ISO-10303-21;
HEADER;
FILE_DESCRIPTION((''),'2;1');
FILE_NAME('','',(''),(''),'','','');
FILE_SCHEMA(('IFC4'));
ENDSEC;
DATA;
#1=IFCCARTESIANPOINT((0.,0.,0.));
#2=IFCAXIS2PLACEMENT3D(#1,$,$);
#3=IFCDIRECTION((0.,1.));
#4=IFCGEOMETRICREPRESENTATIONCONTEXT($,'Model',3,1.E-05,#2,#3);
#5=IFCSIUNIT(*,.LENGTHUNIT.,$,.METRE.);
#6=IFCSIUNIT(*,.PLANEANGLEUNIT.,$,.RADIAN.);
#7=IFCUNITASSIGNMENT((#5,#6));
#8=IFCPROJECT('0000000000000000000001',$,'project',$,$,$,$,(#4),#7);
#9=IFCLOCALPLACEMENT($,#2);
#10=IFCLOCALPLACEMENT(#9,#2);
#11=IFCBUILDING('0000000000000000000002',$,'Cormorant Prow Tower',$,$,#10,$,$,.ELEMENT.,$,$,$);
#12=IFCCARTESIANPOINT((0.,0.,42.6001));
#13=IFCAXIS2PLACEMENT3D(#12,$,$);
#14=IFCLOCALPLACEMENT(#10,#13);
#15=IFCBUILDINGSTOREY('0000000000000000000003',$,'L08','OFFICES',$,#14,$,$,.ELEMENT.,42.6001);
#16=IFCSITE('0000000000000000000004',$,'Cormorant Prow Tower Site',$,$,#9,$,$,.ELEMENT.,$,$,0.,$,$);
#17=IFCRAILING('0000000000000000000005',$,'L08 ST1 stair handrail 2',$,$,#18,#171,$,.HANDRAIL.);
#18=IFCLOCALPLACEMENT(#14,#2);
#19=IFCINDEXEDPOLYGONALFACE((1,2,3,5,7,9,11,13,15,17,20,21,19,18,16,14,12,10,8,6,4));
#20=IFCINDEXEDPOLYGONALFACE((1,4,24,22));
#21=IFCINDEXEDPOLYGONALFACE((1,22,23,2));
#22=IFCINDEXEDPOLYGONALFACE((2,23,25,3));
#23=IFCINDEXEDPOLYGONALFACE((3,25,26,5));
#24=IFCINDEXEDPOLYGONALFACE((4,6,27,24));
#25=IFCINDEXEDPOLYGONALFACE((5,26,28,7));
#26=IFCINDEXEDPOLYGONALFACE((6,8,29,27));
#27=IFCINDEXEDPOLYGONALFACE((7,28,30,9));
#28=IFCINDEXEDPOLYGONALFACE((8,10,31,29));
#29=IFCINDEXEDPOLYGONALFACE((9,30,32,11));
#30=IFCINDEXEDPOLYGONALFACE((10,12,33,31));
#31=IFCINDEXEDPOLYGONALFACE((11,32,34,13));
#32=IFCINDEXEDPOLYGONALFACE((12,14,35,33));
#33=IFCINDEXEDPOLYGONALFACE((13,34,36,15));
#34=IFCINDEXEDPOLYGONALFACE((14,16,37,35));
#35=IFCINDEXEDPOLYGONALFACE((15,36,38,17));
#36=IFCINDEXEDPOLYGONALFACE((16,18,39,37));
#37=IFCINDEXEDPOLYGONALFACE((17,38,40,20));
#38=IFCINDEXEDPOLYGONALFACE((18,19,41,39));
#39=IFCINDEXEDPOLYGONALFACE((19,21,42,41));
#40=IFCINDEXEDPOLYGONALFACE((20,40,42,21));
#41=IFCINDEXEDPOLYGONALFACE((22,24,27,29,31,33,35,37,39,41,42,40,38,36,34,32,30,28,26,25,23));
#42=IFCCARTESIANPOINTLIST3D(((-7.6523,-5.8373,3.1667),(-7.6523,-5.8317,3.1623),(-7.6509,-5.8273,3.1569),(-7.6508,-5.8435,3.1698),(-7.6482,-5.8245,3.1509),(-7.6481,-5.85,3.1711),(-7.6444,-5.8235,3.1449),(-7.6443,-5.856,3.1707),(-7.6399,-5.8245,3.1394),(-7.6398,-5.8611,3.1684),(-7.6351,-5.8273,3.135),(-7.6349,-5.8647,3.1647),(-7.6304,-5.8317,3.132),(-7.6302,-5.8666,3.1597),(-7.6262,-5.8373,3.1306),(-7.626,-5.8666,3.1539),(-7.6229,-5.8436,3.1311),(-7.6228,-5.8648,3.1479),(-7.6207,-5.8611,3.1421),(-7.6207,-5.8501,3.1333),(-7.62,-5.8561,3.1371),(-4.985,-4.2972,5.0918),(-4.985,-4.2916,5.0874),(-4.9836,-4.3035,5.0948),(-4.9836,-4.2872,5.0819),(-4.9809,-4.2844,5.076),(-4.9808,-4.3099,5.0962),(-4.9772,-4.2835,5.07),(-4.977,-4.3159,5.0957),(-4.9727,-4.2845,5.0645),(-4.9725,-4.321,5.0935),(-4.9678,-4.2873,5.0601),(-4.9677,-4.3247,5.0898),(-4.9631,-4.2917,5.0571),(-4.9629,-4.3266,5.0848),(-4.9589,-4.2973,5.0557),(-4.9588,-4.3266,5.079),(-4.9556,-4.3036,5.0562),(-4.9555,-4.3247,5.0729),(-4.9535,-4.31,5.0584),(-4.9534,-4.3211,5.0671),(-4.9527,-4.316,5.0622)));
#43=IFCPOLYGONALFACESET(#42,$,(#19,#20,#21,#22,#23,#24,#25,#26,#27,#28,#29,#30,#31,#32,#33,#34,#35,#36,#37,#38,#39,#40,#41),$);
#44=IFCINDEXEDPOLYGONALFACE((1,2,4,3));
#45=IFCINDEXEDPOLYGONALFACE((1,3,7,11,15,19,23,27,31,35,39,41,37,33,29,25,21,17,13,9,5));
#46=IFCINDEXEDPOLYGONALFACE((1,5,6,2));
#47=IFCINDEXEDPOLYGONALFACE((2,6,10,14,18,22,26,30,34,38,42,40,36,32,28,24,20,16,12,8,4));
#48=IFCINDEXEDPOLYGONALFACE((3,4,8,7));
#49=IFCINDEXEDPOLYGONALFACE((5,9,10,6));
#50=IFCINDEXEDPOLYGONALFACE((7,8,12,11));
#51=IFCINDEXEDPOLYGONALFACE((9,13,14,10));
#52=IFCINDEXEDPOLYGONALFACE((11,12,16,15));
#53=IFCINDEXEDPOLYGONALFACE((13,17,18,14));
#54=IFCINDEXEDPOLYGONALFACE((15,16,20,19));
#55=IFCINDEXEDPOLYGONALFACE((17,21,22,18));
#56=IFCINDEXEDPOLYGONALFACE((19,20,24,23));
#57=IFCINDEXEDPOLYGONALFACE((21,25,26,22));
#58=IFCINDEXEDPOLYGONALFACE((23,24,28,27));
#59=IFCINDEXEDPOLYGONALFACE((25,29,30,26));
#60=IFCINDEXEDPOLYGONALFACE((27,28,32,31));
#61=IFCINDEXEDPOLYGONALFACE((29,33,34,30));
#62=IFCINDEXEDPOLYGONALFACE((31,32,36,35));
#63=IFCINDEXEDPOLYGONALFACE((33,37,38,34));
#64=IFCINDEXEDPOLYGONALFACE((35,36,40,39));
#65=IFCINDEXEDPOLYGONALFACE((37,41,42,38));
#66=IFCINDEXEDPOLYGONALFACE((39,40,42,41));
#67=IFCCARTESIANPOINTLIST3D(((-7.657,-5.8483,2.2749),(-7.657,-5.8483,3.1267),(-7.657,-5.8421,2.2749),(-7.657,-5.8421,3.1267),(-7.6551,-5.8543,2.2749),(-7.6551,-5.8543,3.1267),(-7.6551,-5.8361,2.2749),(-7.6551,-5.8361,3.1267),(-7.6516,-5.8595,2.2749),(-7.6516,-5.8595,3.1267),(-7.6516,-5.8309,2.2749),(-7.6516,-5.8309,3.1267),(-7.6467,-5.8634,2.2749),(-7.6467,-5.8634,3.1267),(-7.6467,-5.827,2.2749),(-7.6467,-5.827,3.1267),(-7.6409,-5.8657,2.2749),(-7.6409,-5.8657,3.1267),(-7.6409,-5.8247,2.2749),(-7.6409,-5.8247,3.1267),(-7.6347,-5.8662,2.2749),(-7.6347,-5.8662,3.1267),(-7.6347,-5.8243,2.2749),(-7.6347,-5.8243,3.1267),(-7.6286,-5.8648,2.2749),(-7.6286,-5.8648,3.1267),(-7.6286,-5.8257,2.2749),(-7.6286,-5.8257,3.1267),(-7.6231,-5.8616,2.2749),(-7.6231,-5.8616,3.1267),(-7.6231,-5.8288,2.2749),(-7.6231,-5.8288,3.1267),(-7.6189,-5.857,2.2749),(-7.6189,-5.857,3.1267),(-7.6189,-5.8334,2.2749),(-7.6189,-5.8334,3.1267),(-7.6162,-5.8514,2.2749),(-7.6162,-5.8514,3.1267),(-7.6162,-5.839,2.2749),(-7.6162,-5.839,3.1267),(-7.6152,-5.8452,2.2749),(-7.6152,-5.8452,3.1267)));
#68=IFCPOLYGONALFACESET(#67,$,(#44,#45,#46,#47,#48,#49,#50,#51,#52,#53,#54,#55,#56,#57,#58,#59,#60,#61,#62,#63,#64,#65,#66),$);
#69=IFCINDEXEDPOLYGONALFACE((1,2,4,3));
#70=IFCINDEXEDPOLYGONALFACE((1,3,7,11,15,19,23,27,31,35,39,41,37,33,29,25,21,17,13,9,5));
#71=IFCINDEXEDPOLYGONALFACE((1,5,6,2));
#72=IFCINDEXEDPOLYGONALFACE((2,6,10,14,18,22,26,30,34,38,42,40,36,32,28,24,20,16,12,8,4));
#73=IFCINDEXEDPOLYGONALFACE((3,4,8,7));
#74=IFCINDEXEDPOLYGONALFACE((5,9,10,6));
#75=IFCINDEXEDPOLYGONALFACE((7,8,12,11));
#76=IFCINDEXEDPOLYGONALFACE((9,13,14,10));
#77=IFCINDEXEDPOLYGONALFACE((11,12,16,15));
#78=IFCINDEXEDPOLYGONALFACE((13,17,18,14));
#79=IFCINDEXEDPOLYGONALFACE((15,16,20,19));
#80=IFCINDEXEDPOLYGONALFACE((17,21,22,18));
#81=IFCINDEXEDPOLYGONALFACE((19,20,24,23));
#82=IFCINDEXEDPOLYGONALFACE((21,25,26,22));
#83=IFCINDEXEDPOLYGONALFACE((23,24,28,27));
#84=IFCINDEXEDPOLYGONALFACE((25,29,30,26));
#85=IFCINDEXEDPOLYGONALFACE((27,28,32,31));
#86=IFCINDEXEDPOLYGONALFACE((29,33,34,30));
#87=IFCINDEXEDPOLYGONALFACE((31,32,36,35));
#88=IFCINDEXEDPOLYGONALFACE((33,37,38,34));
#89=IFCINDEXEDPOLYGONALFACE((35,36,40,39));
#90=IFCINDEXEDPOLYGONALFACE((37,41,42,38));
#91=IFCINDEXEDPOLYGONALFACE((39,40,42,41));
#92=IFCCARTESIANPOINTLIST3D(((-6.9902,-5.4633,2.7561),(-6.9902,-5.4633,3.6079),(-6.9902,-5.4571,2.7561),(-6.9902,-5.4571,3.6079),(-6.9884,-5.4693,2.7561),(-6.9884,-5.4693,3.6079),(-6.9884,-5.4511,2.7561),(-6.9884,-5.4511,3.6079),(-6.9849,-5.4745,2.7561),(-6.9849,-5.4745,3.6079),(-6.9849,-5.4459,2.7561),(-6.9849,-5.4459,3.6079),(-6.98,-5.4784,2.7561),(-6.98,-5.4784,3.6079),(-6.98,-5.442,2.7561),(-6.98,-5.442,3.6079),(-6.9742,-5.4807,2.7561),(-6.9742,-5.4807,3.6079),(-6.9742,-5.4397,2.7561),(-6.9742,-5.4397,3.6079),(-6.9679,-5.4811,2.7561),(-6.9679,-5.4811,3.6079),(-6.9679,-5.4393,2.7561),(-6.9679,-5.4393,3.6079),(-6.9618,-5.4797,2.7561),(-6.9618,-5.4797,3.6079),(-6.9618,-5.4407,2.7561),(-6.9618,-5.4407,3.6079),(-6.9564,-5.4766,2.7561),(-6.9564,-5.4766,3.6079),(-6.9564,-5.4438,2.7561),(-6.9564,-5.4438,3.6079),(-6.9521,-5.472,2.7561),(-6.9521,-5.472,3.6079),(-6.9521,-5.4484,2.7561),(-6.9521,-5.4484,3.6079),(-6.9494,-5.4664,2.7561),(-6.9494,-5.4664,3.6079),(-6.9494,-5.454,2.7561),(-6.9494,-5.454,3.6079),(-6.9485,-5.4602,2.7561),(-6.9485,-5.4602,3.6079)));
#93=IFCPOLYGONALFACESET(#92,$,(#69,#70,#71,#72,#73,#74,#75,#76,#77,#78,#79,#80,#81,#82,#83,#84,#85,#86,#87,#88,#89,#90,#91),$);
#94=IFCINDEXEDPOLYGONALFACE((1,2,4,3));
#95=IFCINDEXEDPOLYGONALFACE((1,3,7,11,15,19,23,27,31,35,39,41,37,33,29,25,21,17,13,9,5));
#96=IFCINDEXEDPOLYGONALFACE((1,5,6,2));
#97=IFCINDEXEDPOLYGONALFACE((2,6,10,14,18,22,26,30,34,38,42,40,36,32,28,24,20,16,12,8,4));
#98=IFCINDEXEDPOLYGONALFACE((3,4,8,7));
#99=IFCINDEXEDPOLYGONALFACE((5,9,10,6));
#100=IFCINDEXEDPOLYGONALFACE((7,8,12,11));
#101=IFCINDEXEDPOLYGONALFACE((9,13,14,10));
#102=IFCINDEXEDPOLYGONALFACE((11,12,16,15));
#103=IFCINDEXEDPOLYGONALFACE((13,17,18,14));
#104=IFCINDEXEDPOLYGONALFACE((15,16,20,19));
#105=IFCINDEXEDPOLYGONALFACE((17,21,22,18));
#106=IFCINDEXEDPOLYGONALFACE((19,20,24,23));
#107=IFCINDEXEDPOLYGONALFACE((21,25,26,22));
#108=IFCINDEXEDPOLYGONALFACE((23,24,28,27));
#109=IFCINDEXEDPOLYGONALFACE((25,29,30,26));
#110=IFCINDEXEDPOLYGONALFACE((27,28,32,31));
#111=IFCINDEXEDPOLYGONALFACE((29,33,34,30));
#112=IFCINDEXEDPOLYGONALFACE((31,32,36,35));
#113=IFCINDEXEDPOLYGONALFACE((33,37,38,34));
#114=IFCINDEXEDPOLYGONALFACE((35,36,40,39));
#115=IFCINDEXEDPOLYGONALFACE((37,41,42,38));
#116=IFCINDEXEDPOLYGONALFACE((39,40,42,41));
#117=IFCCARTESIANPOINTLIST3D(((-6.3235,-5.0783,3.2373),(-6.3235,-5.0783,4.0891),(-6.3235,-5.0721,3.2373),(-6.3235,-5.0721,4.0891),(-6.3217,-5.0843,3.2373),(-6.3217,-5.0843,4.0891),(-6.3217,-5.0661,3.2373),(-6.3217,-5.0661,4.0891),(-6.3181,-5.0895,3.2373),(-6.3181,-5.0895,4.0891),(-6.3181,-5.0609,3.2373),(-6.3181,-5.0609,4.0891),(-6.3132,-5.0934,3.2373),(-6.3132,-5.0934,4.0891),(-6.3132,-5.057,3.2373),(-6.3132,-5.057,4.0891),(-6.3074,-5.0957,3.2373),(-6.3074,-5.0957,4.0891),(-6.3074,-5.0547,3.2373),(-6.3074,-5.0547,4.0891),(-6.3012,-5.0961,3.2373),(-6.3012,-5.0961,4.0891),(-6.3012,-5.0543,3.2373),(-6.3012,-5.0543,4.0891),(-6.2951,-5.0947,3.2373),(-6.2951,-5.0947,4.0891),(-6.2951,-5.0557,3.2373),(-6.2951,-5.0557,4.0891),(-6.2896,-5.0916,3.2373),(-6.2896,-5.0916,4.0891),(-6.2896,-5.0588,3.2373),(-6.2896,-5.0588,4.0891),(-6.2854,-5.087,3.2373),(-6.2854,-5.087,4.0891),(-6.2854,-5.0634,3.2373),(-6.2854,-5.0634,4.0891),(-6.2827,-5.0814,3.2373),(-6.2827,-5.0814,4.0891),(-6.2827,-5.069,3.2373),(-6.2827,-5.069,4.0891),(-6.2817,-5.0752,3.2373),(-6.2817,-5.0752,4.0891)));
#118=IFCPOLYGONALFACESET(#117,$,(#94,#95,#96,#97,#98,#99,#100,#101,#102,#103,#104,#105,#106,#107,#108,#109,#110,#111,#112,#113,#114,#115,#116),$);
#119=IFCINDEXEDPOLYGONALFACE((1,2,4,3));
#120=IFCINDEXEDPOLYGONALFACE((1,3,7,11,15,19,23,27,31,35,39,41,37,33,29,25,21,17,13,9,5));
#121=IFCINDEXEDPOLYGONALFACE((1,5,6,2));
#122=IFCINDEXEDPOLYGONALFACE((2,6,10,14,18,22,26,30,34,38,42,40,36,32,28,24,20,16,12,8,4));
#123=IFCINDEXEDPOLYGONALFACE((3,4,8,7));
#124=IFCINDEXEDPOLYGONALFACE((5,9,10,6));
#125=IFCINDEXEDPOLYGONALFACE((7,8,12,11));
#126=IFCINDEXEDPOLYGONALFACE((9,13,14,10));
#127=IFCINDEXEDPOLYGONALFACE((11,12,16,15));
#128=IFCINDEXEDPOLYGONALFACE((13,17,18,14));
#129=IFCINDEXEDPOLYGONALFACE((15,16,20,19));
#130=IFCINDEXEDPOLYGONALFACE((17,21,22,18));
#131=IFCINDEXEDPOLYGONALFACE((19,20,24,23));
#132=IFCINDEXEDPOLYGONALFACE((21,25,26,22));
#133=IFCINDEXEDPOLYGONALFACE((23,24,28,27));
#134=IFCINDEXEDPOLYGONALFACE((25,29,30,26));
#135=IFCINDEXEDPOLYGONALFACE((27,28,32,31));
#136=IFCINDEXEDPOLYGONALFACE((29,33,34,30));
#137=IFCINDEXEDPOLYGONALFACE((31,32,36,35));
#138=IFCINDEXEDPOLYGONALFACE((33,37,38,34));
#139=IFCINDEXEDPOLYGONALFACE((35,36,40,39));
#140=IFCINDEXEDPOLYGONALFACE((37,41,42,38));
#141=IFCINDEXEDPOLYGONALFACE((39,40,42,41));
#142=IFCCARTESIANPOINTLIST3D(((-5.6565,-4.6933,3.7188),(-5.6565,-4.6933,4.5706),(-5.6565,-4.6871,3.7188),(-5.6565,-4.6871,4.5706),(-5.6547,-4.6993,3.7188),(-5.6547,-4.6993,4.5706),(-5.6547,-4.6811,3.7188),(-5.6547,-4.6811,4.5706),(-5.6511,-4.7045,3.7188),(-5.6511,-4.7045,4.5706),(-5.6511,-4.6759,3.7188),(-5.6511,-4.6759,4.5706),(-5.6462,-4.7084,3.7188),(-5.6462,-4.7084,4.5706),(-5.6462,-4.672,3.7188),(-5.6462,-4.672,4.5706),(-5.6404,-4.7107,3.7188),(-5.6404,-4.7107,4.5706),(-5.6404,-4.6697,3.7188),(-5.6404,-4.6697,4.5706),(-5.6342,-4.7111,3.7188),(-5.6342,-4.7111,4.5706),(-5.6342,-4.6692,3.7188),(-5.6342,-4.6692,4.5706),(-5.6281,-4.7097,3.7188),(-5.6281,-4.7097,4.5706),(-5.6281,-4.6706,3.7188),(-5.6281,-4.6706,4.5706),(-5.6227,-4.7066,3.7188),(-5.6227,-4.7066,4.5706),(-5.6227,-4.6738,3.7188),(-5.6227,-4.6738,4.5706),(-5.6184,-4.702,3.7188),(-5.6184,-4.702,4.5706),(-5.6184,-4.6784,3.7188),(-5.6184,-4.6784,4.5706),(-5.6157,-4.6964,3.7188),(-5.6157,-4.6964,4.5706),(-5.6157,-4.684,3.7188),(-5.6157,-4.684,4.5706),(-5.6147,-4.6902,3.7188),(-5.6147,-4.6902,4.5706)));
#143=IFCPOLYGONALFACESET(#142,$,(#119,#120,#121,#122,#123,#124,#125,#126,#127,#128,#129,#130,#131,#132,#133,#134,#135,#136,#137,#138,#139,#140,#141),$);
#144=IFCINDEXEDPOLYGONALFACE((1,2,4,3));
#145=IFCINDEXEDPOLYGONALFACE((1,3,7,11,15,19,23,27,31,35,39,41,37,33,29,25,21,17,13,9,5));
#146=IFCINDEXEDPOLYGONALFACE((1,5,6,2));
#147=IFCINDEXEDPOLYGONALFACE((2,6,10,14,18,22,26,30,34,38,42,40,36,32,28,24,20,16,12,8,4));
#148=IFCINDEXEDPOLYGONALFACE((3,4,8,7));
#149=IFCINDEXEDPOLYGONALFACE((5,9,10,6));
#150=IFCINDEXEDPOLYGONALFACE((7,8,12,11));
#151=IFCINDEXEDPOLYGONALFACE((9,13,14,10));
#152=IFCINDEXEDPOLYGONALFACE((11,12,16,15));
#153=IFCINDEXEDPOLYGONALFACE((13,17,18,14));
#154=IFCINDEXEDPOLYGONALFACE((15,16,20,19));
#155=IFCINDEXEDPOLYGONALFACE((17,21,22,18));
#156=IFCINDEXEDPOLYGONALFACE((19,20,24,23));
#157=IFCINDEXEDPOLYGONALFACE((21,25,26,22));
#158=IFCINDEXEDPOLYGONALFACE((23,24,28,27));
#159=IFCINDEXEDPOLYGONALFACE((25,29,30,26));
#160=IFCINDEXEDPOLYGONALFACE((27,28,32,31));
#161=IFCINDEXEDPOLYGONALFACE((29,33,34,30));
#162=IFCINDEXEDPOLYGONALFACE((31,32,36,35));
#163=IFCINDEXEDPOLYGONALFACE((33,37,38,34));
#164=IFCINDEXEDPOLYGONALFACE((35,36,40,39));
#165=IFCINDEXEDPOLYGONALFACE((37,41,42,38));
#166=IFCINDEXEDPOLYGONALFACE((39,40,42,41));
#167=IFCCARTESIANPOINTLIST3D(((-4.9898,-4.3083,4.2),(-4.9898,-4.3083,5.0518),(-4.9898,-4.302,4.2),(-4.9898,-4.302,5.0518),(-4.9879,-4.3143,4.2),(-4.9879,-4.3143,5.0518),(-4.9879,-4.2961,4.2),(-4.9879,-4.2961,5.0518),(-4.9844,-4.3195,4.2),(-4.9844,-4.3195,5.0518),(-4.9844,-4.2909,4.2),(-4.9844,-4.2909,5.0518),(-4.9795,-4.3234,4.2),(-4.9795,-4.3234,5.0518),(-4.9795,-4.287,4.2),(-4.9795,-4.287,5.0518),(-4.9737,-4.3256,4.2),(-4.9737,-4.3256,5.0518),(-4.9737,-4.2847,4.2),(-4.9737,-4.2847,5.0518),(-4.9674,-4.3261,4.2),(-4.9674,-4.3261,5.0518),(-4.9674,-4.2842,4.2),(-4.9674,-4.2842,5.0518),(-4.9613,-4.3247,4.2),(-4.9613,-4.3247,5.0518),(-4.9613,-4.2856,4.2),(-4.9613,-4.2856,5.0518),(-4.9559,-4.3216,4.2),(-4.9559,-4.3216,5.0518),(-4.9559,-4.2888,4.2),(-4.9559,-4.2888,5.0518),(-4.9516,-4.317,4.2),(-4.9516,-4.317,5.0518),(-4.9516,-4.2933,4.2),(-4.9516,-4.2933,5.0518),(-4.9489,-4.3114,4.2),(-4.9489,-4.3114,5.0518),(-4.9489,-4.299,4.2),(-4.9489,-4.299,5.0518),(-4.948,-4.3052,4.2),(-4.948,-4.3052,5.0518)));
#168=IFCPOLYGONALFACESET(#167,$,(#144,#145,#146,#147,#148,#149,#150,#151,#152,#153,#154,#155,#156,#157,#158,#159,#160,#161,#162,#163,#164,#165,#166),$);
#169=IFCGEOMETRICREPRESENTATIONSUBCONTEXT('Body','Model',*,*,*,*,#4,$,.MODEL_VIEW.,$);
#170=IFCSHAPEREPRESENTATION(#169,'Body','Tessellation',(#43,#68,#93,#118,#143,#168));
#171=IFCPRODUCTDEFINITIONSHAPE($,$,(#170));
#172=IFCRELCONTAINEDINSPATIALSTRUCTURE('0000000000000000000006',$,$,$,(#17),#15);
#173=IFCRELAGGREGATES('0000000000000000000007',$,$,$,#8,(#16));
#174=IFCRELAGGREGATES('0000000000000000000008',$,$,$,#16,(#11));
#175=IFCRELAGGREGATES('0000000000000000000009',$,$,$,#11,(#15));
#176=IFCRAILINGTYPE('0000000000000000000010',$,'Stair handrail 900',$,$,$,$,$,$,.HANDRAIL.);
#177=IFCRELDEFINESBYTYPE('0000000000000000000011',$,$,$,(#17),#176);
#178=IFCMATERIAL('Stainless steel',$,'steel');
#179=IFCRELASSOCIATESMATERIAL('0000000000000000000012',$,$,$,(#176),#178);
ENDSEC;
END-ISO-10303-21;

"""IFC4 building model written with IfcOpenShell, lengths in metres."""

from ifc_helpers import new_model, si_unit, direction, frame, origin, origin_2d, place, context, subcontext, project, spatial, circle, extrude, material, type_object, element, save


model = new_model("IFC4")

# Units and contexts
model_context = context("Model", 3, precision=1e-05, world=origin(), true_north=direction((0.0, 1.0)))
body_context = subcontext(model_context, "Body", "Model", "MODEL_VIEW")
ifc_project = project(units=[si_unit("LENGTHUNIT", "METRE"), si_unit("PLANEANGLEUNIT", "RADIAN")], contexts=[model_context])

# Site, building, storey
site_placement = place(None, origin())
site = spatial("IfcSite", under=ifc_project, at=site_placement, Name="Cormorant Prow Tower Site", CompositionType="ELEMENT", RefElevation=0.0)
building_placement = place(site_placement, origin())
building = spatial("IfcBuilding", under=site, at=building_placement, Name="Cormorant Prow Tower", CompositionType="ELEMENT")
storey_placement = place(building_placement, frame((0.0, 0.0, 42.6001)))
storey = spatial("IfcBuildingStorey", under=building, at=storey_placement, Name="L08", Description="OFFICES", CompositionType="ELEMENT", Elevation=42.6001)

# Railing
ifc_material_1 = material(Name="Stainless steel", Category="steel")
railing_type_1 = type_object("IfcRailingType", Name="Stair handrail 900", PredefinedType="HANDRAIL", material=ifc_material_1)
railing_1_placement = place(storey_placement, frame((-7.6362, -5.8452, 2.2749)))
element("IfcRailing", 1, at=railing_1_placement, inside=storey, type_object=railing_type_1, Name="L08 ST1 stair handrail 2", PredefinedType="HANDRAIL", context=body_context, shape_type="SweptSolid", body=[
    extrude(circle(Radius=0.0239, at=origin_2d()), frame((0.0, 0.0, 0.876), z_axis=(0.734364, 0.424015, 0.530019), x_axis=(-0.500027, 0.86601, 0.0)), (0.0, 0.0, 1.0), 3.6321),
    extrude(circle(Radius=0.021, at=origin_2d()), origin(), (0.0, 0.0, 1.0), 0.8518),
    extrude(circle(Radius=0.021, at=origin_2d()), frame((0.6667, 0.385, 0.4812)), (0.0, 0.0, 1.0), 0.8518),
    extrude(circle(Radius=0.021, at=origin_2d()), frame((1.3335, 0.77, 0.9624)), (0.0, 0.0, 1.0), 0.8518),
    extrude(circle(Radius=0.021, at=origin_2d()), frame((2.0005, 1.155, 1.4438)), (0.0, 0.0, 1.0), 0.8518),
    extrude(circle(Radius=0.021, at=origin_2d()), frame((2.6672, 1.54, 1.925)), (0.0, 0.0, 1.0), 0.8518),
])

save(model, "model.ifc")
